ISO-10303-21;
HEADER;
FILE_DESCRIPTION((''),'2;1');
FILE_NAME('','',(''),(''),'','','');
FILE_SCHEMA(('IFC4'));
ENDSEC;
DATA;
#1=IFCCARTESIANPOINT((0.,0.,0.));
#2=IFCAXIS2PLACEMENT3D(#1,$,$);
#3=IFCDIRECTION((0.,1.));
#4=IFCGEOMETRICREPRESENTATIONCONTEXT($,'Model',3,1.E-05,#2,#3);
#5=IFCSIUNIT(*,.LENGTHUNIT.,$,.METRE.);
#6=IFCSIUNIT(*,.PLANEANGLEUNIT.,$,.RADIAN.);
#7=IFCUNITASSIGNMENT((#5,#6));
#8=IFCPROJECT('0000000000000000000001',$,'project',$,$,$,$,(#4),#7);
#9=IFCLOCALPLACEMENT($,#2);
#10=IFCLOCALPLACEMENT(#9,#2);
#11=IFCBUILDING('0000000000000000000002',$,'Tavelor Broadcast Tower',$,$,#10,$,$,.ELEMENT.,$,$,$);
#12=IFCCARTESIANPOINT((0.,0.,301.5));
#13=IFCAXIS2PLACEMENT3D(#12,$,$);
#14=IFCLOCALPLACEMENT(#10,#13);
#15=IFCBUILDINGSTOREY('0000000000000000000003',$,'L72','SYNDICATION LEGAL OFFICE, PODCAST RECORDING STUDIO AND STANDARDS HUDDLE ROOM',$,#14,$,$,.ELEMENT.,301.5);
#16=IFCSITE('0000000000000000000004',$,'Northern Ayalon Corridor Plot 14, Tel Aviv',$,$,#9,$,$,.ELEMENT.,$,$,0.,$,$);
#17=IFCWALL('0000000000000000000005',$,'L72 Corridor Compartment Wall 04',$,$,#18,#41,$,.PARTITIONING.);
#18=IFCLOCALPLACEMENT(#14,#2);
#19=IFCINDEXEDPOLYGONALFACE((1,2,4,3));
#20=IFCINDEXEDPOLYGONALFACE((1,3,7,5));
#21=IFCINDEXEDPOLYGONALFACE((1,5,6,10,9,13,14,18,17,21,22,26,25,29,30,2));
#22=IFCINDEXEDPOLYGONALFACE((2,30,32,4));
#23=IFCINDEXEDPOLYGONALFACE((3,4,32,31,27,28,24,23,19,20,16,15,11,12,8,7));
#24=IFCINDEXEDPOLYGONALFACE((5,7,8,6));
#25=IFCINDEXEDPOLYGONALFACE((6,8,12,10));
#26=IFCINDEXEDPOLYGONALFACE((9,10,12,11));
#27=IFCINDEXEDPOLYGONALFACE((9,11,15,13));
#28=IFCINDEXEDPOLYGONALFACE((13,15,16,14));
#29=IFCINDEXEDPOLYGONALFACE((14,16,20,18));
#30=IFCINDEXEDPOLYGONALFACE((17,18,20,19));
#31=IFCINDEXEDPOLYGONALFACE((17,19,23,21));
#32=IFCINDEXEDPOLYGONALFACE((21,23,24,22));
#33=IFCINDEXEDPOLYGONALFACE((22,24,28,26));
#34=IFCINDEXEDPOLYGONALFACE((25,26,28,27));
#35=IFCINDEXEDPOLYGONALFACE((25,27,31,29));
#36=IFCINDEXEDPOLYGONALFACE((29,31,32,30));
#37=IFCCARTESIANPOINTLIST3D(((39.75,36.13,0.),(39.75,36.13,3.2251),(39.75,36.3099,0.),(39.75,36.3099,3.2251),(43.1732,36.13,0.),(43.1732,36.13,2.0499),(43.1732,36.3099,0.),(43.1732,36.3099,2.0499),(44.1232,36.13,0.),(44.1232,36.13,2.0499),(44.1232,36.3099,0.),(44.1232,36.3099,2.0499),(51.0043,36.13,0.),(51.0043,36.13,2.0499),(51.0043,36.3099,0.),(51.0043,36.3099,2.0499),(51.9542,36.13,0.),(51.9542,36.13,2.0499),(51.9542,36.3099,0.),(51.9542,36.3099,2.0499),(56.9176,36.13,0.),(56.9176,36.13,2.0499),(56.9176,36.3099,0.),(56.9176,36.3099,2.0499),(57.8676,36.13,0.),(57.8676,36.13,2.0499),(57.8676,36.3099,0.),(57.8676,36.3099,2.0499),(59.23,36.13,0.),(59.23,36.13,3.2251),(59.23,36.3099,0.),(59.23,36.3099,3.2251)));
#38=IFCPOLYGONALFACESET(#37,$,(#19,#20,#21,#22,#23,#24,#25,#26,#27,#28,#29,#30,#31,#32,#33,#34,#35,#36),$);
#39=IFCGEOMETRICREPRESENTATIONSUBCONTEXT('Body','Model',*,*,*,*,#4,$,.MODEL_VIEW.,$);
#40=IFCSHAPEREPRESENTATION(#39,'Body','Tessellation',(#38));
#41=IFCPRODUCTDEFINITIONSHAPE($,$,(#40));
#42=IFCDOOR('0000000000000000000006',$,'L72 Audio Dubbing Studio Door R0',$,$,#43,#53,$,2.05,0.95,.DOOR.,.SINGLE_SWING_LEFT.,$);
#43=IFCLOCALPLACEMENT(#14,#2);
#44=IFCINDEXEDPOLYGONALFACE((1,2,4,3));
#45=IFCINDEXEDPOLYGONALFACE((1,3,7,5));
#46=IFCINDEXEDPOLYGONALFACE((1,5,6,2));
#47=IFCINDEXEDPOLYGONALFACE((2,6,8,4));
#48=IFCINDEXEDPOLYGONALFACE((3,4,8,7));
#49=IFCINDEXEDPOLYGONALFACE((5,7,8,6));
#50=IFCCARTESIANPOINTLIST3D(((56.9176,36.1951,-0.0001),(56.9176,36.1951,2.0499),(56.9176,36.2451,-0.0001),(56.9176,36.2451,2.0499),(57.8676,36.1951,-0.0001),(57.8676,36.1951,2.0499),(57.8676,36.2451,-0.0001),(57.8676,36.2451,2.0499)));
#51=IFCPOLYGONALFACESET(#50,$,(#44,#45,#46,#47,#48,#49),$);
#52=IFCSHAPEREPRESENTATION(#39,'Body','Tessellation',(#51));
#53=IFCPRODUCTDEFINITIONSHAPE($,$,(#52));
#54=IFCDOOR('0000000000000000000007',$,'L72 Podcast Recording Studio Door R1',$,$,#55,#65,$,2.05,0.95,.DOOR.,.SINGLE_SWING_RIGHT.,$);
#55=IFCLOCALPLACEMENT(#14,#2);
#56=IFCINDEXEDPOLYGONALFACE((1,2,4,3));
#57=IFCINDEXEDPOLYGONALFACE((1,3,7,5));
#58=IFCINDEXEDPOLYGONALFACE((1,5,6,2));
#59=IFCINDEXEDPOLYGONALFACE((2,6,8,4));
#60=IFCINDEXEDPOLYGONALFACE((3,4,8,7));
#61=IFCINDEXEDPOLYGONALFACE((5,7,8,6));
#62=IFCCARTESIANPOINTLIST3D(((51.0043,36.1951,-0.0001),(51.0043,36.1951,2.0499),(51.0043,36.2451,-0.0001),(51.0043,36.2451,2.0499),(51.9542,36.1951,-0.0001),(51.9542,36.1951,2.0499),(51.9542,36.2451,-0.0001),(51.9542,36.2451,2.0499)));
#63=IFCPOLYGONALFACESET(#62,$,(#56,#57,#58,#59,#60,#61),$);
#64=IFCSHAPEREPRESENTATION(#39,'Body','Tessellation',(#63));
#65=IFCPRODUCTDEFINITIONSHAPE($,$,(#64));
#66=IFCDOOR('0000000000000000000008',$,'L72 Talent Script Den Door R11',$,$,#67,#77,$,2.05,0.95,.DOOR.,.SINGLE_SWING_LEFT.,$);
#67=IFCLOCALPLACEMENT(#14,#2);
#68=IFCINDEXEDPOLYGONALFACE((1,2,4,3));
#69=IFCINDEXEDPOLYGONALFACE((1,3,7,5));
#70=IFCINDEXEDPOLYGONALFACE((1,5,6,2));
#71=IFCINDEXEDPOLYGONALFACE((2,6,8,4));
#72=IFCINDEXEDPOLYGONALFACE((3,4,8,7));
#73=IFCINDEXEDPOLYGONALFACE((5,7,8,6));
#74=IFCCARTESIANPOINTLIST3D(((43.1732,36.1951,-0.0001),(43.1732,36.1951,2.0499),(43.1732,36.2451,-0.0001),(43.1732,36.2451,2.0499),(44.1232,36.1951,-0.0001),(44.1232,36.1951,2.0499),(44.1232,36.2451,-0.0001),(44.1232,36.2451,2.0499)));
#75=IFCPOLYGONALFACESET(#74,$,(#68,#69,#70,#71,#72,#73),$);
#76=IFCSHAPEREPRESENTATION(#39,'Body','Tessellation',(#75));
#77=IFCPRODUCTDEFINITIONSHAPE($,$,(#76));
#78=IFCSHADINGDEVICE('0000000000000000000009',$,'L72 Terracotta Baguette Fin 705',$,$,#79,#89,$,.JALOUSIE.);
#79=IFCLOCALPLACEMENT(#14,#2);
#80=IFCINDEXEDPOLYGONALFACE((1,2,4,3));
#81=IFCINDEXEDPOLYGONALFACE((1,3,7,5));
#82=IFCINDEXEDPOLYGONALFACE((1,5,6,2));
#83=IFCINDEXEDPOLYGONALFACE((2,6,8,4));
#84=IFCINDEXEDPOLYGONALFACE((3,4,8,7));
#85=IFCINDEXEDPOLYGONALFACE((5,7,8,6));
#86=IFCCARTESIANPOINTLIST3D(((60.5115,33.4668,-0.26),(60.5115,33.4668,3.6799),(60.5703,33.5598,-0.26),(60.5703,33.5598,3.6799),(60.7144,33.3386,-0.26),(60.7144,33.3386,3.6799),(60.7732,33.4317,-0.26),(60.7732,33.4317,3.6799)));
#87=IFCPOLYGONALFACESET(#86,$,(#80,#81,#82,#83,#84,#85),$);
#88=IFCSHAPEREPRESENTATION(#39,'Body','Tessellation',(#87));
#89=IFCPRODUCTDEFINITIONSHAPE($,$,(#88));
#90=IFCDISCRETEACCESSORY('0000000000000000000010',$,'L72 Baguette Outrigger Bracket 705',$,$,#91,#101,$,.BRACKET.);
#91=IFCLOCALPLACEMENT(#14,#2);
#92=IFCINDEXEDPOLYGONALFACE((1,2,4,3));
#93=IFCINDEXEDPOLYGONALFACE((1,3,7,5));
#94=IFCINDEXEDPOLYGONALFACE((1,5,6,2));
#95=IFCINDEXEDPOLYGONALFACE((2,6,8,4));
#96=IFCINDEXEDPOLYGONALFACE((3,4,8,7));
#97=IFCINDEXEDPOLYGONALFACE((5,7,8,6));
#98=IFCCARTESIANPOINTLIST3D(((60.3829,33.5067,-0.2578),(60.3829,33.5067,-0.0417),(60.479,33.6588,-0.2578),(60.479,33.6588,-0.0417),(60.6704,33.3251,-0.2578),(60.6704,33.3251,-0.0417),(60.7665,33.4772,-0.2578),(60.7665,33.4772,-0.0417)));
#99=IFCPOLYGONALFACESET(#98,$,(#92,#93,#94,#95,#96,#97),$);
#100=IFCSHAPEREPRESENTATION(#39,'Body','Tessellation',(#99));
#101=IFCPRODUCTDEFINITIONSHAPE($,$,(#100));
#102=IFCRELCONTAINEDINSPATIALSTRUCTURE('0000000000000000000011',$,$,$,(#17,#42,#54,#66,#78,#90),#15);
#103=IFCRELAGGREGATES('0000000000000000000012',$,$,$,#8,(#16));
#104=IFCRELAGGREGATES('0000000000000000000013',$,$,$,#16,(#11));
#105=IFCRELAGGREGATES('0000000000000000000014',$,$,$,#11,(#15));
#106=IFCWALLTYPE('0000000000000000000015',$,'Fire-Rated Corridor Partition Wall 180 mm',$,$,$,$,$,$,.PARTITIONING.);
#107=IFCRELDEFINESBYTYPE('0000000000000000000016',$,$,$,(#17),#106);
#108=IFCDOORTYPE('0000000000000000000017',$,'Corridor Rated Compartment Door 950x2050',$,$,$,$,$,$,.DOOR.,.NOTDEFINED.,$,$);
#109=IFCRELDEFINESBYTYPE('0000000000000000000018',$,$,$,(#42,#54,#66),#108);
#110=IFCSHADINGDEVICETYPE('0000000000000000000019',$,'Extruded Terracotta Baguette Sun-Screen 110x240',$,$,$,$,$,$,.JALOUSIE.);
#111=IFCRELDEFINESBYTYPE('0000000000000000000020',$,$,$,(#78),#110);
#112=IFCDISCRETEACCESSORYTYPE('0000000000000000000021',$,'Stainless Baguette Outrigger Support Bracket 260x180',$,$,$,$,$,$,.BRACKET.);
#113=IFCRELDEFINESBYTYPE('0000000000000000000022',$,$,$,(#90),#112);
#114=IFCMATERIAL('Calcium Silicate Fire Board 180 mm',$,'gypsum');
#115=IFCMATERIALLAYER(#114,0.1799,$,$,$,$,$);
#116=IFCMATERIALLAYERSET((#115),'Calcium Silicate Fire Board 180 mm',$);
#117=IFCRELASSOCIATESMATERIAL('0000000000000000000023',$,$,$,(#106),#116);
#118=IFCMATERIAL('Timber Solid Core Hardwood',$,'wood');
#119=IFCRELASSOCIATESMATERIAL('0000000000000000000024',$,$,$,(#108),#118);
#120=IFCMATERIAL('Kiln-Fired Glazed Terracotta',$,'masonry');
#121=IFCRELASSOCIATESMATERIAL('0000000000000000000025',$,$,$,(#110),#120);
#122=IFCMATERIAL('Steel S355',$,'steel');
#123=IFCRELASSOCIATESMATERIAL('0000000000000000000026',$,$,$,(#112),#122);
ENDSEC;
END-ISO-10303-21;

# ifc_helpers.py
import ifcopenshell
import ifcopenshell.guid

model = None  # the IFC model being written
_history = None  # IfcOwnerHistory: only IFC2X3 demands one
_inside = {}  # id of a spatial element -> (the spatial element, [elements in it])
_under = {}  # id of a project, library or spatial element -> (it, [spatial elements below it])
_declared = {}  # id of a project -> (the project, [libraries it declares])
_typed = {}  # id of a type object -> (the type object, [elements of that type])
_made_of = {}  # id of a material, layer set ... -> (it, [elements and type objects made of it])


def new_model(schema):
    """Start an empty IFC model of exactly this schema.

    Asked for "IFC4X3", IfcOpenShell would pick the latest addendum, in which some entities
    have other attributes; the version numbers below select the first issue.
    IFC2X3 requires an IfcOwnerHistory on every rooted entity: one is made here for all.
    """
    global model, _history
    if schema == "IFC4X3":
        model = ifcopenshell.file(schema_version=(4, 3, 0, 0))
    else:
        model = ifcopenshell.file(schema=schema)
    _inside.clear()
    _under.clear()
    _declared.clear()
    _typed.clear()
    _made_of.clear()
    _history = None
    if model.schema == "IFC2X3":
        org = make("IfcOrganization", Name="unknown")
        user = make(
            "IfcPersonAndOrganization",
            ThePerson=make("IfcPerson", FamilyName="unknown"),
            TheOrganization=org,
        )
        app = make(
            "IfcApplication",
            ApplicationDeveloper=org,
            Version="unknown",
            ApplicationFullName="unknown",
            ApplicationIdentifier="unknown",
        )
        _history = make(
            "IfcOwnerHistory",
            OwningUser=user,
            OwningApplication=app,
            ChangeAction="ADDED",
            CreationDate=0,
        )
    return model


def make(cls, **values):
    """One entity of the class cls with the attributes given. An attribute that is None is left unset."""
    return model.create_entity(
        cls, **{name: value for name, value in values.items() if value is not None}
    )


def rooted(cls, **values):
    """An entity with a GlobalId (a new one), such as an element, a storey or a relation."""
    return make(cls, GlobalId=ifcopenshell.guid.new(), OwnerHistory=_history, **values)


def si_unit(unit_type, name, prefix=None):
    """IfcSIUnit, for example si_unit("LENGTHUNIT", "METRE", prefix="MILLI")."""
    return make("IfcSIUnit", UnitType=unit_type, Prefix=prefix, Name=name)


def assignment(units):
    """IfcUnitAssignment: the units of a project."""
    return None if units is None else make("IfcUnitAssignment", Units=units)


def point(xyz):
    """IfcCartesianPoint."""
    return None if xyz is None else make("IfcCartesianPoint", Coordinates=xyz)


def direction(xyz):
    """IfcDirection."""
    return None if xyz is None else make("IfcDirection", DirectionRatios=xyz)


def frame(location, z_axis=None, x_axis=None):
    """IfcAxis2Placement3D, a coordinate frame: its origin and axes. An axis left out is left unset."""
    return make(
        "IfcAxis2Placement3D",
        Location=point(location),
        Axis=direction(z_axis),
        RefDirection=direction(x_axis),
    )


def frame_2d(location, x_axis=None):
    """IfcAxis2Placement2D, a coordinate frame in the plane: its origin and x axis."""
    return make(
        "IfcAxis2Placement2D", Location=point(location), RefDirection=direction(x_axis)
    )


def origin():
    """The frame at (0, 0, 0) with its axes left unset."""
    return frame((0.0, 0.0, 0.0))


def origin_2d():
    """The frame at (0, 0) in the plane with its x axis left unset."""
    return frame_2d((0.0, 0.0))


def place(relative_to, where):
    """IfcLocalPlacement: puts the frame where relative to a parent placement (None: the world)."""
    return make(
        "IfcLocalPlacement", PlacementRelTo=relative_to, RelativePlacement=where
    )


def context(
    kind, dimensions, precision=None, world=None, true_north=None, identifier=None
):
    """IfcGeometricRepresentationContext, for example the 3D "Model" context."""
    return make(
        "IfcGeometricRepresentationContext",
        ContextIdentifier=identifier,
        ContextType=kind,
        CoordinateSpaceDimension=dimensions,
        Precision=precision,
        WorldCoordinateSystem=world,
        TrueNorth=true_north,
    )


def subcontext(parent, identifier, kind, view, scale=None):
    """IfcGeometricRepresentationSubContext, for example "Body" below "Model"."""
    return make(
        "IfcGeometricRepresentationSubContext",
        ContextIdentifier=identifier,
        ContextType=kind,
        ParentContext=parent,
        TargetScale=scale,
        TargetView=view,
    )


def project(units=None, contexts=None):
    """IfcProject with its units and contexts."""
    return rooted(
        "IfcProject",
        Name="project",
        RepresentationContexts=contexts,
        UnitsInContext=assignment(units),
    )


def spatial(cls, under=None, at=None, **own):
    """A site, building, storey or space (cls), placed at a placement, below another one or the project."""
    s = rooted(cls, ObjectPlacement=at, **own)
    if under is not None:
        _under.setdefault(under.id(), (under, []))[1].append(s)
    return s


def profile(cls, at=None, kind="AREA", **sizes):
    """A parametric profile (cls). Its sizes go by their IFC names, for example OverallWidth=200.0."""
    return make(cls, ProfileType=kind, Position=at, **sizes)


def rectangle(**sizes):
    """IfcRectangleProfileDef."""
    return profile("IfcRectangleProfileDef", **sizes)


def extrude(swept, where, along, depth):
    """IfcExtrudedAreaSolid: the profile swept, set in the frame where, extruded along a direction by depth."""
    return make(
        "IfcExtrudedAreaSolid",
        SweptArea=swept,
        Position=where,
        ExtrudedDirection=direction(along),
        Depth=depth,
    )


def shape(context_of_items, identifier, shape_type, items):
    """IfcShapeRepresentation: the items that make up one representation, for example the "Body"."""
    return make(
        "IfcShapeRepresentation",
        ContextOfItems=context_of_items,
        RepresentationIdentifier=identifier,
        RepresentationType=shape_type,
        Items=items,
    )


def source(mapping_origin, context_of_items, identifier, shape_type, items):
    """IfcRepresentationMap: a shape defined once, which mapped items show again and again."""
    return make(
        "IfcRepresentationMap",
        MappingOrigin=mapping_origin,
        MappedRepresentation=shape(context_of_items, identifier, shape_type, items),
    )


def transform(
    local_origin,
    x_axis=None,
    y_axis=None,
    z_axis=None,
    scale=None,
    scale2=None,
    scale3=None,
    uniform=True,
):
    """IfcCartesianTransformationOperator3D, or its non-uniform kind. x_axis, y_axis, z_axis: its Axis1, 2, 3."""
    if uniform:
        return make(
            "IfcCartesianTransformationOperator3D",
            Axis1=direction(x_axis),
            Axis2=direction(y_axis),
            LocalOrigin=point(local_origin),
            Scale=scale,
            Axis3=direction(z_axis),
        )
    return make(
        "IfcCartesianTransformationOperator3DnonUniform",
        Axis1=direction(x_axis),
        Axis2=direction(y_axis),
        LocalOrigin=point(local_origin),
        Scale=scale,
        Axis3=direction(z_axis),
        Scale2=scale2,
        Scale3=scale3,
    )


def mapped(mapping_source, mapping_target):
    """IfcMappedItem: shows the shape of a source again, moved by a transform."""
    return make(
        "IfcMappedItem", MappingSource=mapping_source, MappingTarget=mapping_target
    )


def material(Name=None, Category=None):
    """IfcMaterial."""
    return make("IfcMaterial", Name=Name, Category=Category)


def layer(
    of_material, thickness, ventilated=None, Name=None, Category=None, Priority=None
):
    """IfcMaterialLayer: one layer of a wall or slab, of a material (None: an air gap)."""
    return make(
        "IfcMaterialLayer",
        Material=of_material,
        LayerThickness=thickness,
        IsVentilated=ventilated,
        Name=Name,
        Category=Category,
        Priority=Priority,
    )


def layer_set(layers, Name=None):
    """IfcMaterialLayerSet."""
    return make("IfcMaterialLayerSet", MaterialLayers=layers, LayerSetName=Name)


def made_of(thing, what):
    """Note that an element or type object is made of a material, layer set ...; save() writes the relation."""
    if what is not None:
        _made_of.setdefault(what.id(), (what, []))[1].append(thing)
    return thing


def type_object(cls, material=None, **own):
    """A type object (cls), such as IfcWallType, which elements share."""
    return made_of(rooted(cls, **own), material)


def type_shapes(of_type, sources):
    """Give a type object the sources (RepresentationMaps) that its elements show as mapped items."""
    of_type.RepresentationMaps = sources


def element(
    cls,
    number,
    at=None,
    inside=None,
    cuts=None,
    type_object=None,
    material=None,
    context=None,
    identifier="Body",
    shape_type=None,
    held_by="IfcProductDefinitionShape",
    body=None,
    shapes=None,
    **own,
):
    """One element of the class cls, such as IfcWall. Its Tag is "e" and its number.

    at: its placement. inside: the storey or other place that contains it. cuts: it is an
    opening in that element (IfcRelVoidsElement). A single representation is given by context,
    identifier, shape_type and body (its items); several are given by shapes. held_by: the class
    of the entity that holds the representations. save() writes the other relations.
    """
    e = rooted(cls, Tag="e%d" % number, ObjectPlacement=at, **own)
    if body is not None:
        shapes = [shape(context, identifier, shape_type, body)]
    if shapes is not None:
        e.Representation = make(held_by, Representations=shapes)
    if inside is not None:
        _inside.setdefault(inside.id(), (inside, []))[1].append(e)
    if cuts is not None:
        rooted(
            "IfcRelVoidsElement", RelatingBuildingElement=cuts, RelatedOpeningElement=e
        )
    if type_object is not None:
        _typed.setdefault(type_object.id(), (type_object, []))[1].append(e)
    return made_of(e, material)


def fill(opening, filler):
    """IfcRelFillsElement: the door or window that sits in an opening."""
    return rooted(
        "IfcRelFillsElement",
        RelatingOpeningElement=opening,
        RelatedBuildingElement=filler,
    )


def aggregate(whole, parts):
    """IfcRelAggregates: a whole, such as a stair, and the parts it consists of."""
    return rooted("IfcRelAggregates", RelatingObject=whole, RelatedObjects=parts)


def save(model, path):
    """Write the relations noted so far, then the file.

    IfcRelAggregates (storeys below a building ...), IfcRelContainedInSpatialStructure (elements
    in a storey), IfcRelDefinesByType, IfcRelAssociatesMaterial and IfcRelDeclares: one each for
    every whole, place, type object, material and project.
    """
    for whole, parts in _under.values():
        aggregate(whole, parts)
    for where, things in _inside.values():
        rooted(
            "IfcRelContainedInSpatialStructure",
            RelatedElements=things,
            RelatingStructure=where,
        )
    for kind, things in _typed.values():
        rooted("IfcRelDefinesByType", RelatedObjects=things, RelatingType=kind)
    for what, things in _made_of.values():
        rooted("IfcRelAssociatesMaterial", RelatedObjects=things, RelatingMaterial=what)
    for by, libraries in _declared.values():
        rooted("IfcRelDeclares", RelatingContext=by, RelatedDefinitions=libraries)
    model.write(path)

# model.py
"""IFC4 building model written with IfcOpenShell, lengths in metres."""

from ifc_helpers import new_model, si_unit, direction, frame, frame_2d, origin, origin_2d, place, context, subcontext, project, spatial, rectangle, extrude, source, transform, mapped, material, layer, layer_set, type_object, type_shapes, element, fill, save


model = new_model("IFC4")

# Units and contexts
model_context = context("Model", 3, precision=1e-05, world=origin(), true_north=direction((0.0, 1.0)))
body_context = subcontext(model_context, "Body", "Model", "MODEL_VIEW")
ifc_project = project(units=[si_unit("LENGTHUNIT", "METRE"), si_unit("PLANEANGLEUNIT", "RADIAN")], contexts=[model_context])

# Site, building, storey
site_placement = place(None, origin())
site = spatial("IfcSite", under=ifc_project, at=site_placement, Name="Northern Ayalon Corridor Plot 14, Tel Aviv", CompositionType="ELEMENT", RefElevation=0.0)
building_placement = place(site_placement, origin())
building = spatial("IfcBuilding", under=site, at=building_placement, Name="Tavelor Broadcast Tower", CompositionType="ELEMENT")
storey_placement = place(building_placement, frame((0.0, 0.0, 301.5)))
storey = spatial("IfcBuildingStorey", under=building, at=storey_placement, Name="L72", Description="SYNDICATION LEGAL OFFICE, PODCAST RECORDING STUDIO AND STANDARDS HUDDLE ROOM", CompositionType="ELEMENT", Elevation=301.5)

# Shared definitions
ifc_material_1 = material(Name="Steel S355", Category="steel")

# Wall, openings, doors
ifc_material_2 = material(Name="Calcium Silicate Fire Board 180 mm", Category="gypsum")
ifc_layer_1 = layer(ifc_material_2, 0.1799)
ifc_layer_set_1 = layer_set([ifc_layer_1], Name="Calcium Silicate Fire Board 180 mm")
wall_type = type_object("IfcWallType", Name="Fire-Rated Corridor Partition Wall 180 mm", PredefinedType="PARTITIONING", material=ifc_layer_set_1)
wall_placement = place(storey_placement, frame((59.23, 36.22, 0.0), z_axis=(0.0, 0.0, 1.0), x_axis=(-1.0, 0.0, 0.0)))
wall = element("IfcWall", 1, at=wall_placement, inside=storey, type_object=wall_type, Name="L72 Corridor Compartment Wall 04", PredefinedType="PARTITIONING", context=body_context, shape_type="SweptSolid", body=[
    extrude(rectangle(XDim=19.48, YDim=0.1799, at=frame_2d((9.74, 0.0))), origin(), (0.0, 0.0, 1.0), 3.2251),
])
opening_1_placement = place(wall_placement, frame((1.3623, 0.0, 0.0)))
opening_1 = element("IfcOpeningElement", 2, at=opening_1_placement, cuts=wall, PredefinedType="OPENING", context=body_context, shape_type="SweptSolid", body=[
    extrude(rectangle(XDim=0.95, YDim=2.05, at=frame_2d((0.4751, 1.0249))), frame((0.0, 0.1001, 0.0), z_axis=(0.0, -1.0, 0.0), x_axis=(1.0, 0.0, 0.0)), (0.0, 0.0, 1.0), 0.2),
])
opening_2_placement = place(wall_placement, frame((7.2756, 0.0, 0.0)))
opening_2 = element("IfcOpeningElement", 3, at=opening_2_placement, cuts=wall, PredefinedType="OPENING", context=body_context, shape_type="SweptSolid", body=[
    extrude(rectangle(XDim=0.95, YDim=2.05, at=frame_2d((0.4751, 1.0249))), frame((0.0, 0.1001, 0.0), z_axis=(0.0, -1.0, 0.0), x_axis=(1.0, 0.0, 0.0)), (0.0, 0.0, 1.0), 0.2),
])
opening_3_placement = place(wall_placement, frame((15.1067, 0.0, 0.0)))
opening_3 = element("IfcOpeningElement", 4, at=opening_3_placement, cuts=wall, PredefinedType="OPENING", context=body_context, shape_type="SweptSolid", body=[
    extrude(rectangle(XDim=0.95, YDim=2.05, at=frame_2d((0.4751, 1.0249))), frame((0.0, 0.1001, 0.0), z_axis=(0.0, -1.0, 0.0), x_axis=(1.0, 0.0, 0.0)), (0.0, 0.0, 1.0), 0.2),
])
ifc_material_3 = material(Name="Timber Solid Core Hardwood", Category="wood")
door_type = type_object("IfcDoorType", Name="Corridor Rated Compartment Door 950x2050", OperationType="NOTDEFINED", PredefinedType="DOOR", material=ifc_material_3)
door_1_placement = place(opening_1_placement, origin())
door_1 = element("IfcDoor", 5, at=door_1_placement, inside=storey, type_object=door_type, Name="L72 Audio Dubbing Studio Door R0", OperationType="SINGLE_SWING_LEFT", OverallHeight=2.05, OverallWidth=0.95, PredefinedType="DOOR", context=body_context, shape_type="SweptSolid", body=[
    extrude(rectangle(XDim=0.95, YDim=2.05, at=frame_2d((0.4751, 1.0249))), frame((0.0, 0.0249, 0.0), z_axis=(0.0, -1.0, 0.0), x_axis=(1.0, 0.0, 0.0)), (0.0, 0.0, 1.0), 0.05),
])
fill(opening_1, door_1)
door_2_placement = place(opening_2_placement, origin())
door_2 = element("IfcDoor", 6, at=door_2_placement, inside=storey, type_object=door_type, Name="L72 Podcast Recording Studio Door R1", OperationType="SINGLE_SWING_RIGHT", OverallHeight=2.05, OverallWidth=0.95, PredefinedType="DOOR", context=body_context, shape_type="SweptSolid", body=[
    extrude(rectangle(XDim=0.95, YDim=2.05, at=frame_2d((0.4751, 1.0249))), frame((0.0, 0.0249, 0.0), z_axis=(0.0, -1.0, 0.0), x_axis=(1.0, 0.0, 0.0)), (0.0, 0.0, 1.0), 0.05),
])
fill(opening_2, door_2)
door_3_placement = place(opening_3_placement, origin())
door_3 = element("IfcDoor", 7, at=door_3_placement, inside=storey, type_object=door_type, Name="L72 Talent Script Den Door R11", OperationType="SINGLE_SWING_LEFT", OverallHeight=2.05, OverallWidth=0.95, PredefinedType="DOOR", context=body_context, shape_type="SweptSolid", body=[
    extrude(rectangle(XDim=0.95, YDim=2.05, at=frame_2d((0.4751, 1.0249))), frame((0.0, 0.0249, 0.0), z_axis=(0.0, -1.0, 0.0), x_axis=(1.0, 0.0, 0.0)), (0.0, 0.0, 1.0), 0.05),
])
fill(opening_3, door_3)

# Shading device
ifc_material_4 = material(Name="Kiln-Fired Glazed Terracotta", Category="masonry")
shading_device_type = type_object("IfcShadingDeviceType", Name="Extruded Terracotta Baguette Sun-Screen 110x240", PredefinedType="JALOUSIE", material=ifc_material_4)
shared_shape_1 = source(origin(), body_context, "Body", "SweptSolid", [
    extrude(rectangle(XDim=0.1101, YDim=0.24, at=origin_2d()), origin(), (0.0, 0.0, 1.0), 3.9399),
])
type_shapes(shading_device_type, [shared_shape_1])
shading_device_placement = place(storey_placement, frame((60.6423, 33.4492, -0.26), z_axis=(0.0, 0.0, 1.0), x_axis=(0.534057, 0.845448, 0.0)))
element("IfcShadingDevice", 8, at=shading_device_placement, inside=storey, type_object=shading_device_type, Name="L72 Terracotta Baguette Fin 705", PredefinedType="JALOUSIE", context=body_context, shape_type="MappedRepresentation", body=[
    mapped(shared_shape_1, transform((0.0, 0.0, 0.0), scale=1.0)),
])

# Discrete accessory
discrete_accessory_type = type_object("IfcDiscreteAccessoryType", Name="Stainless Baguette Outrigger Support Bracket 260x180", PredefinedType="BRACKET", material=ifc_material_1)
shared_shape_2 = source(origin(), body_context, "Body", "SweptSolid", [
    extrude(rectangle(XDim=0.1799, YDim=0.3401, at=origin_2d()), origin(), (0.0, 0.0, 1.0), 0.2161),
])
type_shapes(discrete_accessory_type, [shared_shape_2])
discrete_accessory_placement = place(storey_placement, frame((60.5747, 33.4919, -0.2578), z_axis=(0.0, 0.0, 1.0), x_axis=(0.534057, 0.845448, 0.0)))
element("IfcDiscreteAccessory", 9, at=discrete_accessory_placement, inside=storey, type_object=discrete_accessory_type, Name="L72 Baguette Outrigger Bracket 705", PredefinedType="BRACKET", context=body_context, shape_type="MappedRepresentation", body=[
    mapped(shared_shape_2, transform((0.0, 0.0, 0.0), scale=1.0)),
])

save(model, "model.ifc")
